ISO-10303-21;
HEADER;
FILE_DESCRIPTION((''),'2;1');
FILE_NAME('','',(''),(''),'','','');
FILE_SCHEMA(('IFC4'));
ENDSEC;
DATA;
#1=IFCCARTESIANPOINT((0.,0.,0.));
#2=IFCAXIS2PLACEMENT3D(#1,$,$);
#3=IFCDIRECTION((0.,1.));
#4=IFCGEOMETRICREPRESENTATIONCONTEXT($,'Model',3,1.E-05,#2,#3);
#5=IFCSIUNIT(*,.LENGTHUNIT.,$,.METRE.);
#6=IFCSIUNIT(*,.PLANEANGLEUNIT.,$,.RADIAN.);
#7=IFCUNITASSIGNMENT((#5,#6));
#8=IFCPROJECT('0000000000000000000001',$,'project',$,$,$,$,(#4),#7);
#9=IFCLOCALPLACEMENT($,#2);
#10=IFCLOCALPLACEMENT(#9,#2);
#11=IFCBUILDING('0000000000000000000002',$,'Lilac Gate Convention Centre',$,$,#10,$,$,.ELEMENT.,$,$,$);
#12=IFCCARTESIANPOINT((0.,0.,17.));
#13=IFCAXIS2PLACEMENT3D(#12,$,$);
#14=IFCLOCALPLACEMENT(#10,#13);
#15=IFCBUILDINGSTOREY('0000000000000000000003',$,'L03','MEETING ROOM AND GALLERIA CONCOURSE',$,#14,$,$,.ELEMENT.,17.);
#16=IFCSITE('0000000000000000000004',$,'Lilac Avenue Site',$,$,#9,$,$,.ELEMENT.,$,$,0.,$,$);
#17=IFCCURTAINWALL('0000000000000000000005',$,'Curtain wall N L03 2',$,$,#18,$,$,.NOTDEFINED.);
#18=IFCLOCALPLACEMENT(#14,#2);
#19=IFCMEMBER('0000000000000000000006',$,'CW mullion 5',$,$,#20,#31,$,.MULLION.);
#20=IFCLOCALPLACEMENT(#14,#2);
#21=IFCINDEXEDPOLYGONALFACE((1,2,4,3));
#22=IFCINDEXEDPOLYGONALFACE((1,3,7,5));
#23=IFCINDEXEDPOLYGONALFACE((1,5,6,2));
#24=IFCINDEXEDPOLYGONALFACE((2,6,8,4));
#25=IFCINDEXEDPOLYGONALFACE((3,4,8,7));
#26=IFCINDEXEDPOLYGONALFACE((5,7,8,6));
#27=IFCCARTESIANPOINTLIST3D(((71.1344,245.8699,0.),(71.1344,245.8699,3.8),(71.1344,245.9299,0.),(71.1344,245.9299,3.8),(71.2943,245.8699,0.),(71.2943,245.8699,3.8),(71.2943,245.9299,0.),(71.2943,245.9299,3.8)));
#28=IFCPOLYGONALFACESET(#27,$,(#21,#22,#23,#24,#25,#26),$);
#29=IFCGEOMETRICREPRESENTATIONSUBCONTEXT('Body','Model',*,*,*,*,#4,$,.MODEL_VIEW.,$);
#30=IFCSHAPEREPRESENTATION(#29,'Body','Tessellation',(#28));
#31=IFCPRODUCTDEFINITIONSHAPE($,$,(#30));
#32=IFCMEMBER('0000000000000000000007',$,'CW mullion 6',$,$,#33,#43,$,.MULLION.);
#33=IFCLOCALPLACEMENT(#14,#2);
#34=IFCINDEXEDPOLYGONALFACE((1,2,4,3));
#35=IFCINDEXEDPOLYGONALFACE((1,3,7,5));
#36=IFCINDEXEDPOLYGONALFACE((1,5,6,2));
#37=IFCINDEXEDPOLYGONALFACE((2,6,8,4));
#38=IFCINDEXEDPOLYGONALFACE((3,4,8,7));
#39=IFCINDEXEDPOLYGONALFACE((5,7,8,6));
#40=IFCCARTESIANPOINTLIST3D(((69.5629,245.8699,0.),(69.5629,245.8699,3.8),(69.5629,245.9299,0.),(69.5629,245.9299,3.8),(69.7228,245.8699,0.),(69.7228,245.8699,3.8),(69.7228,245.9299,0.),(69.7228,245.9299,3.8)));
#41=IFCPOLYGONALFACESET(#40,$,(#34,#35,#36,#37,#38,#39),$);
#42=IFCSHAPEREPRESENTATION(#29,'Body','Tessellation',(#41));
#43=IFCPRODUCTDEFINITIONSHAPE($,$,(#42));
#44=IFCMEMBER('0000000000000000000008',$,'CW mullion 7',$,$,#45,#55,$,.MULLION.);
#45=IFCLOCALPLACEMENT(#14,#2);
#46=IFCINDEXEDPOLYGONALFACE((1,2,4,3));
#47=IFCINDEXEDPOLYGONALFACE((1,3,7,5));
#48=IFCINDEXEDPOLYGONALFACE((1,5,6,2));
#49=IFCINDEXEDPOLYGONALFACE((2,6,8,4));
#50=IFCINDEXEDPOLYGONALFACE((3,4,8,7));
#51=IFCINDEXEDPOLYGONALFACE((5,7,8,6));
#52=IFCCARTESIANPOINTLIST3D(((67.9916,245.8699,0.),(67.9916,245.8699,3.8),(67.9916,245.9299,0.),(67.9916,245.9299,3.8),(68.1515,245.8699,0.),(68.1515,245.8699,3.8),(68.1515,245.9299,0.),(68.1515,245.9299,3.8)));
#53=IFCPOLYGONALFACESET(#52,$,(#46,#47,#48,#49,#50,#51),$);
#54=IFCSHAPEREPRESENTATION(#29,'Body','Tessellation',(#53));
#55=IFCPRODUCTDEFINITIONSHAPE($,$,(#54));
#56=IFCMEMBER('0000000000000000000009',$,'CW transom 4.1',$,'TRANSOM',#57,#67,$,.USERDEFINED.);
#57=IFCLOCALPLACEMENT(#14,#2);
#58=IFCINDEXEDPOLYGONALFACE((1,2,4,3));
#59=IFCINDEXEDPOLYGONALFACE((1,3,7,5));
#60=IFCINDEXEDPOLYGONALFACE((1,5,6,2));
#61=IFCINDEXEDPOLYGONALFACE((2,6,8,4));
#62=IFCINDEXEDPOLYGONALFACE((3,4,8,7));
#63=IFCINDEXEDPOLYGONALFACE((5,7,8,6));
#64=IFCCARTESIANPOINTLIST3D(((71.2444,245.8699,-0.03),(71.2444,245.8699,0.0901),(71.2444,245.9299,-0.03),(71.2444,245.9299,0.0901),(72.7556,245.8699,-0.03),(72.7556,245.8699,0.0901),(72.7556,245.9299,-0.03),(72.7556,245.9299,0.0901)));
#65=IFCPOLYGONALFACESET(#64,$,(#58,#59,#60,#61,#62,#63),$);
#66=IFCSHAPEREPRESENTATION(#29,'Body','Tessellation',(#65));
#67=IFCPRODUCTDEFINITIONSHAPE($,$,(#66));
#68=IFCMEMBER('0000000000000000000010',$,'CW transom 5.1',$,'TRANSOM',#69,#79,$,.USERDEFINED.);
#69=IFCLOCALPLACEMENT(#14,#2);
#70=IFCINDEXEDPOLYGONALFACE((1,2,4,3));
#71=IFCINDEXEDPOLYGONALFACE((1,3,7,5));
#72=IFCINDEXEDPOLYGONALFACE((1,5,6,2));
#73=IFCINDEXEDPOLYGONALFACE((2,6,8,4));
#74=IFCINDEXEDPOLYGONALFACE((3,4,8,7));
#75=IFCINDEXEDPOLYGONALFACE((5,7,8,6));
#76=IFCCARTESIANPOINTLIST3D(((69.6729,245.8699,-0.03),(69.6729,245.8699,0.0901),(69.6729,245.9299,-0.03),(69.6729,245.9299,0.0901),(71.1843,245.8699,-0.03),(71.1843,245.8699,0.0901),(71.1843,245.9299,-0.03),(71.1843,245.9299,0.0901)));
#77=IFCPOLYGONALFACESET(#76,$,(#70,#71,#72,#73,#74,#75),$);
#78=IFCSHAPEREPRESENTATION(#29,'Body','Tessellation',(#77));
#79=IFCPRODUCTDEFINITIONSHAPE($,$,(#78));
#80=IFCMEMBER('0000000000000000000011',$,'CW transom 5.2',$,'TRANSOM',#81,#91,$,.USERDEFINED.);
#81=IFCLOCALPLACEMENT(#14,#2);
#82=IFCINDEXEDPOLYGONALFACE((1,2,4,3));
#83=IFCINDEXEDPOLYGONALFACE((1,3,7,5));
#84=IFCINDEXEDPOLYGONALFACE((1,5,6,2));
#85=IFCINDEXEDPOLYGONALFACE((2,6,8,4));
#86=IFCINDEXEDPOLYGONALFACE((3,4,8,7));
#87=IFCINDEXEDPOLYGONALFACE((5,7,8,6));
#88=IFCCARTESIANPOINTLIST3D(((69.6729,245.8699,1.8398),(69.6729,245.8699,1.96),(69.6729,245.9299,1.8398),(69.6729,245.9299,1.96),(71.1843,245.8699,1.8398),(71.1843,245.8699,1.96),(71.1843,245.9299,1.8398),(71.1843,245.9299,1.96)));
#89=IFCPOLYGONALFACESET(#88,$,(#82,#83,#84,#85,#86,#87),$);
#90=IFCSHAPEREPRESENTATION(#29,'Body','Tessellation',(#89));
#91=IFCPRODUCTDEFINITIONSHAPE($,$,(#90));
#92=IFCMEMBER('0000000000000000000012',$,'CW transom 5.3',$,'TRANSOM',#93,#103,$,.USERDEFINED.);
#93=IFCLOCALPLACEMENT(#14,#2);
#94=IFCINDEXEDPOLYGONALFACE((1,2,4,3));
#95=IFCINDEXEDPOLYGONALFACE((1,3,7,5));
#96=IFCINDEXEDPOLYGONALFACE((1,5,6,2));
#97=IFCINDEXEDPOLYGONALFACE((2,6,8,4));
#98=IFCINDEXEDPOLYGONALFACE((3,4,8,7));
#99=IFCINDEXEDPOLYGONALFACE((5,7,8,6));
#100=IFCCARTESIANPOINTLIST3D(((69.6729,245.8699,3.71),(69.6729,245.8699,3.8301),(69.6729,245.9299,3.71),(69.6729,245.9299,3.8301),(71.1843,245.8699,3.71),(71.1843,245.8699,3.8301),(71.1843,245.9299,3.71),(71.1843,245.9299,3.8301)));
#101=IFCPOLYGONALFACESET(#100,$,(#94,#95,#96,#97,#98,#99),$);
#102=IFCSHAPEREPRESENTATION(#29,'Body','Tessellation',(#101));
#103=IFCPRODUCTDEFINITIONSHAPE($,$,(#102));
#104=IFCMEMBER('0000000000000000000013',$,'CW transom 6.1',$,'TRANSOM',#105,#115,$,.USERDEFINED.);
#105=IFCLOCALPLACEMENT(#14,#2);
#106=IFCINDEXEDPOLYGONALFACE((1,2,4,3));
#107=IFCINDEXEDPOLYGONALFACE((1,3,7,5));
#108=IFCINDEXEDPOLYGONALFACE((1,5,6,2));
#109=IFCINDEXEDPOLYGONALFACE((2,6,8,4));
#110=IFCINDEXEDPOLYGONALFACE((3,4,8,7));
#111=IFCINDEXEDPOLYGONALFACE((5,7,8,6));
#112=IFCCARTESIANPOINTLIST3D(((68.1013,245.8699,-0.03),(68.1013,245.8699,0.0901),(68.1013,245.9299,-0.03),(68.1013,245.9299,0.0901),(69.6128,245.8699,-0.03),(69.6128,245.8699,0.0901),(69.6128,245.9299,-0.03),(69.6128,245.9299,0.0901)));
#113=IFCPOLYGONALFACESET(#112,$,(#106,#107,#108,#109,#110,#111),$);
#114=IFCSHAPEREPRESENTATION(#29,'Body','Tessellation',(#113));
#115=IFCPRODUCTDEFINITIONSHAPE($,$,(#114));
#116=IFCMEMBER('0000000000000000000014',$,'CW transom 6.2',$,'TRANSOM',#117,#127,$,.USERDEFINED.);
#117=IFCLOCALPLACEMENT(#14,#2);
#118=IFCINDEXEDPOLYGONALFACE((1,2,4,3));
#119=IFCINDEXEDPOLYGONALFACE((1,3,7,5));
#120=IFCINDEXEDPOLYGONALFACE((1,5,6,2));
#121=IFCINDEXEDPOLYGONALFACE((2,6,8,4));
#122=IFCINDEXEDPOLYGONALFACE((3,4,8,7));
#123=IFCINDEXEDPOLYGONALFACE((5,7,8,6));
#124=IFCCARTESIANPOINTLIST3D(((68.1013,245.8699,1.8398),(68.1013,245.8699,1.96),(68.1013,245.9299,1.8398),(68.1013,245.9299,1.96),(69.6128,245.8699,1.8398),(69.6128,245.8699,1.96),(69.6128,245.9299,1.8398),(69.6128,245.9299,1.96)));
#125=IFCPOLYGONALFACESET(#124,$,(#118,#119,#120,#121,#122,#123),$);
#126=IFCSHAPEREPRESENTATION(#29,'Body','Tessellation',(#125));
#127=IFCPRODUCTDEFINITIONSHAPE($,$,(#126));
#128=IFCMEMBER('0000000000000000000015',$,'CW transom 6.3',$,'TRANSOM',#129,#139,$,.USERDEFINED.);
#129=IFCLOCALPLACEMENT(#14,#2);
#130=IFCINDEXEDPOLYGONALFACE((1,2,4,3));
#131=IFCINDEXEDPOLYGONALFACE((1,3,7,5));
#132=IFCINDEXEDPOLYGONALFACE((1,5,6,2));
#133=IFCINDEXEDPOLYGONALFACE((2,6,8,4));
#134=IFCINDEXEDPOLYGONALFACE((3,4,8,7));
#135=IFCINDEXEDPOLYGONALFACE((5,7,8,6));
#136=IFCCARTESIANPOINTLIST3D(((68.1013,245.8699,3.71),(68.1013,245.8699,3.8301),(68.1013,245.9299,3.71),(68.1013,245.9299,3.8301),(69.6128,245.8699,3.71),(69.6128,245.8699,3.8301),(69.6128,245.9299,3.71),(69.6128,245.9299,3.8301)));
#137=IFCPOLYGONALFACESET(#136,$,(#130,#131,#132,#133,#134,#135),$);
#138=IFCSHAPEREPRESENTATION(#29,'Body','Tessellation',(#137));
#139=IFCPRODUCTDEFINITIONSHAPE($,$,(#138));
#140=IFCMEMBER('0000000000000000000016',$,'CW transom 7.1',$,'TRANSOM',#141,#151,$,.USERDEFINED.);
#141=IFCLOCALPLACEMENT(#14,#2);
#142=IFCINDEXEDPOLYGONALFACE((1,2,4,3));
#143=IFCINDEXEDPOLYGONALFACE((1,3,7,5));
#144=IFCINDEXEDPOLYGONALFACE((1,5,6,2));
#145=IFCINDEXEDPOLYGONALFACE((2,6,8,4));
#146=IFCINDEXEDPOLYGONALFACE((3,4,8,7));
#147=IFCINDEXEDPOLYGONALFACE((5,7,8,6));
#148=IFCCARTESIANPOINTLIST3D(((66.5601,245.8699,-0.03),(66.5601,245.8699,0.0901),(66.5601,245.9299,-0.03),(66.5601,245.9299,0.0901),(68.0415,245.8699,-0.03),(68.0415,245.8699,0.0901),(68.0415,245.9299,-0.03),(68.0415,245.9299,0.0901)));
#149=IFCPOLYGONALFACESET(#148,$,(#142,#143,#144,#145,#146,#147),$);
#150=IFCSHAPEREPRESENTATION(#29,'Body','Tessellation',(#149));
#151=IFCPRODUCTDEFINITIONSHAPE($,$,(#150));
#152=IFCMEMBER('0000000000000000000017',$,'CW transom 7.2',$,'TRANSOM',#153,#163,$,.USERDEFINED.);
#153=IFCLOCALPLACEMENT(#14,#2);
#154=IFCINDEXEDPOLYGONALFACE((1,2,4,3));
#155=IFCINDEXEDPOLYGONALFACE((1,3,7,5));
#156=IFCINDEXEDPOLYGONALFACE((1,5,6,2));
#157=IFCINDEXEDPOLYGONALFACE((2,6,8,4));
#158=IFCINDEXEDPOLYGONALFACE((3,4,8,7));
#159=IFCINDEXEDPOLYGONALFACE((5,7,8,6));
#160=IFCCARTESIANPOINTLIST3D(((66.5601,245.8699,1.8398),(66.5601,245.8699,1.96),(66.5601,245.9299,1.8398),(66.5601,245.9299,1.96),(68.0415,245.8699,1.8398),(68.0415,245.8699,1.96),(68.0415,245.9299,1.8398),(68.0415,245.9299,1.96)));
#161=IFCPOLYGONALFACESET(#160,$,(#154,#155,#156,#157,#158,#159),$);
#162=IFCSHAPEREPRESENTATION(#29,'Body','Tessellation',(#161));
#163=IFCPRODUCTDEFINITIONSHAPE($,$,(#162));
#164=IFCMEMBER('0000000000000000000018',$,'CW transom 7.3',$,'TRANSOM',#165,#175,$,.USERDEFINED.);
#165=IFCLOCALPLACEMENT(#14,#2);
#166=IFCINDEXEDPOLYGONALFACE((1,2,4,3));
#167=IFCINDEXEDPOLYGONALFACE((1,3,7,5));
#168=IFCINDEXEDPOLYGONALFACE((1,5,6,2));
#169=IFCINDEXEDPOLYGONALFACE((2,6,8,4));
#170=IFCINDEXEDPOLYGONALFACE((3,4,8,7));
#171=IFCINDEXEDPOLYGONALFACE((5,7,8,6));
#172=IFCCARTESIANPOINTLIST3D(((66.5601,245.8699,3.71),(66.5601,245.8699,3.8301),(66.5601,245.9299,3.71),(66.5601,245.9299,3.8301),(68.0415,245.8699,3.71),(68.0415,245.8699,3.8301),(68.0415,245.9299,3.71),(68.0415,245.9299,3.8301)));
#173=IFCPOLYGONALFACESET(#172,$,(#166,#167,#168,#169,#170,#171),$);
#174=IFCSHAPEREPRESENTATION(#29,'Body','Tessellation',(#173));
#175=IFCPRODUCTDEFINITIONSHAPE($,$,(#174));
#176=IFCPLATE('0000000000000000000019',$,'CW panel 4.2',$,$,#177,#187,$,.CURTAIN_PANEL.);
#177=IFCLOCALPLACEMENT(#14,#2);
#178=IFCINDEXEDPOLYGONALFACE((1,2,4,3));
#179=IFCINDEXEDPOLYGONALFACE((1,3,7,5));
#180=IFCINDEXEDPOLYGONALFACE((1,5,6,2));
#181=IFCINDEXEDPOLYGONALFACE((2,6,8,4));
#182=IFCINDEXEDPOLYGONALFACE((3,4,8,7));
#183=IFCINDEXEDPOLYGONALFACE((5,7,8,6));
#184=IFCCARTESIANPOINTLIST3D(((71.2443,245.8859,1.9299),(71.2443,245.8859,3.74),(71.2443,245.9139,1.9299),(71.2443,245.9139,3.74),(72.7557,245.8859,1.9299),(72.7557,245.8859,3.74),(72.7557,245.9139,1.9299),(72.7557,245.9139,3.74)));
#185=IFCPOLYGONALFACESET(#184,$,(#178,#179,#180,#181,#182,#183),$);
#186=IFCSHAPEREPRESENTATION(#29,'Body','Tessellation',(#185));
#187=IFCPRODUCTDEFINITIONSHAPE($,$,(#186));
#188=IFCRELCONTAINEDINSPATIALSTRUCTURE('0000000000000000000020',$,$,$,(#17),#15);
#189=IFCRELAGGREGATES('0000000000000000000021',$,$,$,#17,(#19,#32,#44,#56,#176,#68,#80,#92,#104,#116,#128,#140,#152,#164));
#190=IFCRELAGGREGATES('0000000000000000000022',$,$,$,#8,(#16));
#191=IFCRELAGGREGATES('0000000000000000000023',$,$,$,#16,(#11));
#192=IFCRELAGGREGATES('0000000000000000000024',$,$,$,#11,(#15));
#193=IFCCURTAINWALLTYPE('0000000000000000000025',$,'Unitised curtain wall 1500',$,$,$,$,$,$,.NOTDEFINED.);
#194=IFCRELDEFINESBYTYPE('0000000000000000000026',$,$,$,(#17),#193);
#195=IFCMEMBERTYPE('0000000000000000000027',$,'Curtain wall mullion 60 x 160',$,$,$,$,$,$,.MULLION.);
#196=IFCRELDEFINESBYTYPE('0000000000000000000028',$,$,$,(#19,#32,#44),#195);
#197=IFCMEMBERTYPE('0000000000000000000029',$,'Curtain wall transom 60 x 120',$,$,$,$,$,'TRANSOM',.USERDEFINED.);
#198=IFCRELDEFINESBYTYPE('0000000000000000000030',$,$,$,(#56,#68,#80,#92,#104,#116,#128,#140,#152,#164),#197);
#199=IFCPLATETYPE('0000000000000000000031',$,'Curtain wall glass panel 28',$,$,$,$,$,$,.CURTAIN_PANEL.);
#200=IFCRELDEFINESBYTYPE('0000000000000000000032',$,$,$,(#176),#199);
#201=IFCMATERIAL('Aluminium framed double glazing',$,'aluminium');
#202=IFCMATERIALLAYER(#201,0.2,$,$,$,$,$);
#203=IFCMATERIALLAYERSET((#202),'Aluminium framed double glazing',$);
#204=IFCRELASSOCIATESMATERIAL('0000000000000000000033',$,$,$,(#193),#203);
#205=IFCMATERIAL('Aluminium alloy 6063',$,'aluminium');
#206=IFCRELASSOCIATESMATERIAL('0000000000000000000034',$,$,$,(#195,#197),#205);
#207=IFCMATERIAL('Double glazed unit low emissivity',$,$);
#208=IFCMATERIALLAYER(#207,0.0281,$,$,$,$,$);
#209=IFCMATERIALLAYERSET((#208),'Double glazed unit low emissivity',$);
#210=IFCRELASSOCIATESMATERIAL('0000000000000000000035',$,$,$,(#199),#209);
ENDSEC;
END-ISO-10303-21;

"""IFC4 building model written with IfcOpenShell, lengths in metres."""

from ifc_helpers import new_model, si_unit, direction, frame, origin, origin_2d, place, context, subcontext, project, spatial, rectangle, extrude, material, layer, layer_set, material_profile, profile_set, type_object, element, aggregate, save


model = new_model("IFC4")

# Units and contexts
model_context = context("Model", 3, precision=1e-05, world=origin(), true_north=direction((0.0, 1.0)))
body_context = subcontext(model_context, "Body", "Model", "MODEL_VIEW")
ifc_project = project(units=[si_unit("LENGTHUNIT", "METRE"), si_unit("PLANEANGLEUNIT", "RADIAN")], contexts=[model_context])

# Site, building, storey
site_placement = place(None, origin())
site = spatial("IfcSite", under=ifc_project, at=site_placement, Name="Lilac Avenue Site", CompositionType="ELEMENT", RefElevation=0.0)
building_placement = place(site_placement, origin())
building = spatial("IfcBuilding", under=site, at=building_placement, Name="Lilac Gate Convention Centre", CompositionType="ELEMENT")
storey_placement = place(building_placement, frame((0.0, 0.0, 17.0)))
storey = spatial("IfcBuildingStorey", under=building, at=storey_placement, Name="L03", Description="MEETING ROOM AND GALLERIA CONCOURSE", CompositionType="ELEMENT", Elevation=17.0)

# Curtain wall, members, plate
ifc_material_1 = material(Name="Aluminium framed double glazing", Category="aluminium")
ifc_layer_1 = layer(ifc_material_1, 0.2)
ifc_layer_set_1 = layer_set([ifc_layer_1], Name="Aluminium framed double glazing")
curtain_wall_type = type_object("IfcCurtainWallType", Name="Unitised curtain wall 1500", PredefinedType="NOTDEFINED", material=ifc_layer_set_1)
curtain_wall_placement = place(storey_placement, origin())
curtain_wall = element("IfcCurtainWall", 1, at=curtain_wall_placement, inside=storey, type_object=curtain_wall_type, Name="Curtain wall N L03 2", PredefinedType="NOTDEFINED")
ifc_material_2 = material(Name="Aluminium alloy 6063", Category="aluminium")
ifc_material_profile_1 = material_profile(ifc_material_2, rectangle(XDim=0.0601, YDim=0.1599, at=origin_2d()), Name="Curtain wall mullion 60 x 160")
ifc_profile_set_1 = profile_set([ifc_material_profile_1], Name="Aluminium alloy 6063")
member_type_1 = type_object("IfcMemberType", Name="Curtain wall mullion 60 x 160", PredefinedType="MULLION", material=ifc_profile_set_1)
member_1_placement = place(storey_placement, frame((71.2144, 245.8999, 0.0), z_axis=(0.0, 0.0, 1.0), x_axis=(0.0, -1.0, 0.0)))
member_1 = element("IfcMember", 2, at=member_1_placement, type_object=member_type_1, Name="CW mullion 5", PredefinedType="MULLION", context=body_context, shape_type="SweptSolid", body=[
    extrude(rectangle(XDim=0.0601, YDim=0.1599, at=origin_2d()), origin(), (0.0, 0.0, 1.0), 3.8),
])
member_2_placement = place(storey_placement, frame((69.6428, 245.8999, 0.0), z_axis=(0.0, 0.0, 1.0), x_axis=(0.0, -1.0, 0.0)))
member_2 = element("IfcMember", 3, at=member_2_placement, type_object=member_type_1, Name="CW mullion 6", PredefinedType="MULLION", context=body_context, shape_type="SweptSolid", body=[
    extrude(rectangle(XDim=0.0601, YDim=0.1599, at=origin_2d()), origin(), (0.0, 0.0, 1.0), 3.8),
])
member_3_placement = place(storey_placement, frame((68.0715, 245.8999, 0.0), z_axis=(0.0, 0.0, 1.0), x_axis=(0.0, -1.0, 0.0)))
member_3 = element("IfcMember", 4, at=member_3_placement, type_object=member_type_1, Name="CW mullion 7", PredefinedType="MULLION", context=body_context, shape_type="SweptSolid", body=[
    extrude(rectangle(XDim=0.0601, YDim=0.1599, at=origin_2d()), origin(), (0.0, 0.0, 1.0), 3.8),
])
ifc_material_profile_2 = material_profile(ifc_material_2, rectangle(XDim=0.0601, YDim=0.1201, at=origin_2d()), Name="Curtain wall transom 60 x 120")
ifc_profile_set_2 = profile_set([ifc_material_profile_2], Name="Aluminium alloy 6063")
member_type_2 = type_object("IfcMemberType", Name="Curtain wall transom 60 x 120", ElementType="TRANSOM", PredefinedType="USERDEFINED", material=ifc_profile_set_2)
member_4_placement = place(storey_placement, frame((72.7556, 245.8999, 0.03), z_axis=(-1.0, 0.0, 0.0), x_axis=(0.0, -1.0, 0.0)))
member_4 = element("IfcMember", 5, at=member_4_placement, type_object=member_type_2, Name="CW transom 4.1", ObjectType="TRANSOM", PredefinedType="USERDEFINED", context=body_context, shape_type="SweptSolid", body=[
    extrude(rectangle(XDim=0.0601, YDim=0.1201, at=origin_2d()), origin(), (0.0, 0.0, 1.0), 1.5112),
])
member_5_placement = place(storey_placement, frame((71.1843, 245.8999, 0.03), z_axis=(-1.0, 0.0, 0.0), x_axis=(0.0, -1.0, 0.0)))
member_5 = element("IfcMember", 6, at=member_5_placement, type_object=member_type_2, Name="CW transom 5.1", ObjectType="TRANSOM", PredefinedType="USERDEFINED", context=body_context, shape_type="SweptSolid", body=[
    extrude(rectangle(XDim=0.0601, YDim=0.1201, at=origin_2d()), origin(), (0.0, 0.0, 1.0), 1.5115),
])
member_6_placement = place(storey_placement, frame((71.1843, 245.8999, 1.8999), z_axis=(-1.0, 0.0, 0.0), x_axis=(0.0, -1.0, 0.0)))
member_6 = element("IfcMember", 7, at=member_6_placement, type_object=member_type_2, Name="CW transom 5.2", ObjectType="TRANSOM", PredefinedType="USERDEFINED", context=body_context, shape_type="SweptSolid", body=[
    extrude(rectangle(XDim=0.0601, YDim=0.1201, at=origin_2d()), origin(), (0.0, 0.0, 1.0), 1.5115),
])
member_7_placement = place(storey_placement, frame((71.1843, 245.8999, 3.77), z_axis=(-1.0, 0.0, 0.0), x_axis=(0.0, -1.0, 0.0)))
member_7 = element("IfcMember", 8, at=member_7_placement, type_object=member_type_2, Name="CW transom 5.3", ObjectType="TRANSOM", PredefinedType="USERDEFINED", context=body_context, shape_type="SweptSolid", body=[
    extrude(rectangle(XDim=0.0601, YDim=0.1201, at=origin_2d()), origin(), (0.0, 0.0, 1.0), 1.5115),
])
member_8_placement = place(storey_placement, frame((69.6128, 245.8999, 0.03), z_axis=(-1.0, 0.0, 0.0), x_axis=(0.0, -1.0, 0.0)))
member_8 = element("IfcMember", 9, at=member_8_placement, type_object=member_type_2, Name="CW transom 6.1", ObjectType="TRANSOM", PredefinedType="USERDEFINED", context=body_context, shape_type="SweptSolid", body=[
    extrude(rectangle(XDim=0.0601, YDim=0.1201, at=origin_2d()), origin(), (0.0, 0.0, 1.0), 1.5115),
])
member_9_placement = place(storey_placement, frame((69.6128, 245.8999, 1.8999), z_axis=(-1.0, 0.0, 0.0), x_axis=(0.0, -1.0, 0.0)))
member_9 = element("IfcMember", 10, at=member_9_placement, type_object=member_type_2, Name="CW transom 6.2", ObjectType="TRANSOM", PredefinedType="USERDEFINED", context=body_context, shape_type="SweptSolid", body=[
    extrude(rectangle(XDim=0.0601, YDim=0.1201, at=origin_2d()), origin(), (0.0, 0.0, 1.0), 1.5115),
])
member_10_placement = place(storey_placement, frame((69.6128, 245.8999, 3.77), z_axis=(-1.0, 0.0, 0.0), x_axis=(0.0, -1.0, 0.0)))
member_10 = element("IfcMember", 11, at=member_10_placement, type_object=member_type_2, Name="CW transom 6.3", ObjectType="TRANSOM", PredefinedType="USERDEFINED", context=body_context, shape_type="SweptSolid", body=[
    extrude(rectangle(XDim=0.0601, YDim=0.1201, at=origin_2d()), origin(), (0.0, 0.0, 1.0), 1.5115),
])
member_11_placement = place(storey_placement, frame((68.0415, 245.8999, 0.03), z_axis=(-1.0, 0.0, 0.0), x_axis=(0.0, -1.0, 0.0)))
member_11 = element("IfcMember", 12, at=member_11_placement, type_object=member_type_2, Name="CW transom 7.1", ObjectType="TRANSOM", PredefinedType="USERDEFINED", context=body_context, shape_type="SweptSolid", body=[
    extrude(rectangle(XDim=0.0601, YDim=0.1201, at=origin_2d()), origin(), (0.0, 0.0, 1.0), 1.4814),
])
member_12_placement = place(storey_placement, frame((68.0415, 245.8999, 1.8999), z_axis=(-1.0, 0.0, 0.0), x_axis=(0.0, -1.0, 0.0)))
member_12 = element("IfcMember", 13, at=member_12_placement, type_object=member_type_2, Name="CW transom 7.2", ObjectType="TRANSOM", PredefinedType="USERDEFINED", context=body_context, shape_type="SweptSolid", body=[
    extrude(rectangle(XDim=0.0601, YDim=0.1201, at=origin_2d()), origin(), (0.0, 0.0, 1.0), 1.4814),
])
member_13_placement = place(storey_placement, frame((68.0415, 245.8999, 3.77), z_axis=(-1.0, 0.0, 0.0), x_axis=(0.0, -1.0, 0.0)))
member_13 = element("IfcMember", 14, at=member_13_placement, type_object=member_type_2, Name="CW transom 7.3", ObjectType="TRANSOM", PredefinedType="USERDEFINED", context=body_context, shape_type="SweptSolid", body=[
    extrude(rectangle(XDim=0.0601, YDim=0.1201, at=origin_2d()), origin(), (0.0, 0.0, 1.0), 1.4814),
])
ifc_material_3 = material(Name="Double glazed unit low emissivity")
ifc_layer_2 = layer(ifc_material_3, 0.0281)
ifc_layer_set_2 = layer_set([ifc_layer_2], Name="Double glazed unit low emissivity")
plate_type_1 = type_object("IfcPlateType", Name="Curtain wall glass panel 28", PredefinedType="CURTAIN_PANEL", material=ifc_layer_set_2)
plate_1_placement = place(storey_placement, frame((72.0, 245.8999, 1.9299), z_axis=(0.0, 0.0, 1.0), x_axis=(-1.0, 0.0, 0.0)))
plate_1 = element("IfcPlate", 15, at=plate_1_placement, type_object=plate_type_1, Name="CW panel 4.2", PredefinedType="CURTAIN_PANEL", context=body_context, shape_type="SweptSolid", body=[
    extrude(rectangle(XDim=1.5115, YDim=0.0281, at=origin_2d()), origin(), (0.0, 0.0, 1.0), 1.8101),
])
aggregate(curtain_wall, [member_1, member_2, member_3, member_4, plate_1, member_5, member_6, member_7, member_8, member_9, member_10, member_11, member_12, member_13])

save(model, "model.ifc")
